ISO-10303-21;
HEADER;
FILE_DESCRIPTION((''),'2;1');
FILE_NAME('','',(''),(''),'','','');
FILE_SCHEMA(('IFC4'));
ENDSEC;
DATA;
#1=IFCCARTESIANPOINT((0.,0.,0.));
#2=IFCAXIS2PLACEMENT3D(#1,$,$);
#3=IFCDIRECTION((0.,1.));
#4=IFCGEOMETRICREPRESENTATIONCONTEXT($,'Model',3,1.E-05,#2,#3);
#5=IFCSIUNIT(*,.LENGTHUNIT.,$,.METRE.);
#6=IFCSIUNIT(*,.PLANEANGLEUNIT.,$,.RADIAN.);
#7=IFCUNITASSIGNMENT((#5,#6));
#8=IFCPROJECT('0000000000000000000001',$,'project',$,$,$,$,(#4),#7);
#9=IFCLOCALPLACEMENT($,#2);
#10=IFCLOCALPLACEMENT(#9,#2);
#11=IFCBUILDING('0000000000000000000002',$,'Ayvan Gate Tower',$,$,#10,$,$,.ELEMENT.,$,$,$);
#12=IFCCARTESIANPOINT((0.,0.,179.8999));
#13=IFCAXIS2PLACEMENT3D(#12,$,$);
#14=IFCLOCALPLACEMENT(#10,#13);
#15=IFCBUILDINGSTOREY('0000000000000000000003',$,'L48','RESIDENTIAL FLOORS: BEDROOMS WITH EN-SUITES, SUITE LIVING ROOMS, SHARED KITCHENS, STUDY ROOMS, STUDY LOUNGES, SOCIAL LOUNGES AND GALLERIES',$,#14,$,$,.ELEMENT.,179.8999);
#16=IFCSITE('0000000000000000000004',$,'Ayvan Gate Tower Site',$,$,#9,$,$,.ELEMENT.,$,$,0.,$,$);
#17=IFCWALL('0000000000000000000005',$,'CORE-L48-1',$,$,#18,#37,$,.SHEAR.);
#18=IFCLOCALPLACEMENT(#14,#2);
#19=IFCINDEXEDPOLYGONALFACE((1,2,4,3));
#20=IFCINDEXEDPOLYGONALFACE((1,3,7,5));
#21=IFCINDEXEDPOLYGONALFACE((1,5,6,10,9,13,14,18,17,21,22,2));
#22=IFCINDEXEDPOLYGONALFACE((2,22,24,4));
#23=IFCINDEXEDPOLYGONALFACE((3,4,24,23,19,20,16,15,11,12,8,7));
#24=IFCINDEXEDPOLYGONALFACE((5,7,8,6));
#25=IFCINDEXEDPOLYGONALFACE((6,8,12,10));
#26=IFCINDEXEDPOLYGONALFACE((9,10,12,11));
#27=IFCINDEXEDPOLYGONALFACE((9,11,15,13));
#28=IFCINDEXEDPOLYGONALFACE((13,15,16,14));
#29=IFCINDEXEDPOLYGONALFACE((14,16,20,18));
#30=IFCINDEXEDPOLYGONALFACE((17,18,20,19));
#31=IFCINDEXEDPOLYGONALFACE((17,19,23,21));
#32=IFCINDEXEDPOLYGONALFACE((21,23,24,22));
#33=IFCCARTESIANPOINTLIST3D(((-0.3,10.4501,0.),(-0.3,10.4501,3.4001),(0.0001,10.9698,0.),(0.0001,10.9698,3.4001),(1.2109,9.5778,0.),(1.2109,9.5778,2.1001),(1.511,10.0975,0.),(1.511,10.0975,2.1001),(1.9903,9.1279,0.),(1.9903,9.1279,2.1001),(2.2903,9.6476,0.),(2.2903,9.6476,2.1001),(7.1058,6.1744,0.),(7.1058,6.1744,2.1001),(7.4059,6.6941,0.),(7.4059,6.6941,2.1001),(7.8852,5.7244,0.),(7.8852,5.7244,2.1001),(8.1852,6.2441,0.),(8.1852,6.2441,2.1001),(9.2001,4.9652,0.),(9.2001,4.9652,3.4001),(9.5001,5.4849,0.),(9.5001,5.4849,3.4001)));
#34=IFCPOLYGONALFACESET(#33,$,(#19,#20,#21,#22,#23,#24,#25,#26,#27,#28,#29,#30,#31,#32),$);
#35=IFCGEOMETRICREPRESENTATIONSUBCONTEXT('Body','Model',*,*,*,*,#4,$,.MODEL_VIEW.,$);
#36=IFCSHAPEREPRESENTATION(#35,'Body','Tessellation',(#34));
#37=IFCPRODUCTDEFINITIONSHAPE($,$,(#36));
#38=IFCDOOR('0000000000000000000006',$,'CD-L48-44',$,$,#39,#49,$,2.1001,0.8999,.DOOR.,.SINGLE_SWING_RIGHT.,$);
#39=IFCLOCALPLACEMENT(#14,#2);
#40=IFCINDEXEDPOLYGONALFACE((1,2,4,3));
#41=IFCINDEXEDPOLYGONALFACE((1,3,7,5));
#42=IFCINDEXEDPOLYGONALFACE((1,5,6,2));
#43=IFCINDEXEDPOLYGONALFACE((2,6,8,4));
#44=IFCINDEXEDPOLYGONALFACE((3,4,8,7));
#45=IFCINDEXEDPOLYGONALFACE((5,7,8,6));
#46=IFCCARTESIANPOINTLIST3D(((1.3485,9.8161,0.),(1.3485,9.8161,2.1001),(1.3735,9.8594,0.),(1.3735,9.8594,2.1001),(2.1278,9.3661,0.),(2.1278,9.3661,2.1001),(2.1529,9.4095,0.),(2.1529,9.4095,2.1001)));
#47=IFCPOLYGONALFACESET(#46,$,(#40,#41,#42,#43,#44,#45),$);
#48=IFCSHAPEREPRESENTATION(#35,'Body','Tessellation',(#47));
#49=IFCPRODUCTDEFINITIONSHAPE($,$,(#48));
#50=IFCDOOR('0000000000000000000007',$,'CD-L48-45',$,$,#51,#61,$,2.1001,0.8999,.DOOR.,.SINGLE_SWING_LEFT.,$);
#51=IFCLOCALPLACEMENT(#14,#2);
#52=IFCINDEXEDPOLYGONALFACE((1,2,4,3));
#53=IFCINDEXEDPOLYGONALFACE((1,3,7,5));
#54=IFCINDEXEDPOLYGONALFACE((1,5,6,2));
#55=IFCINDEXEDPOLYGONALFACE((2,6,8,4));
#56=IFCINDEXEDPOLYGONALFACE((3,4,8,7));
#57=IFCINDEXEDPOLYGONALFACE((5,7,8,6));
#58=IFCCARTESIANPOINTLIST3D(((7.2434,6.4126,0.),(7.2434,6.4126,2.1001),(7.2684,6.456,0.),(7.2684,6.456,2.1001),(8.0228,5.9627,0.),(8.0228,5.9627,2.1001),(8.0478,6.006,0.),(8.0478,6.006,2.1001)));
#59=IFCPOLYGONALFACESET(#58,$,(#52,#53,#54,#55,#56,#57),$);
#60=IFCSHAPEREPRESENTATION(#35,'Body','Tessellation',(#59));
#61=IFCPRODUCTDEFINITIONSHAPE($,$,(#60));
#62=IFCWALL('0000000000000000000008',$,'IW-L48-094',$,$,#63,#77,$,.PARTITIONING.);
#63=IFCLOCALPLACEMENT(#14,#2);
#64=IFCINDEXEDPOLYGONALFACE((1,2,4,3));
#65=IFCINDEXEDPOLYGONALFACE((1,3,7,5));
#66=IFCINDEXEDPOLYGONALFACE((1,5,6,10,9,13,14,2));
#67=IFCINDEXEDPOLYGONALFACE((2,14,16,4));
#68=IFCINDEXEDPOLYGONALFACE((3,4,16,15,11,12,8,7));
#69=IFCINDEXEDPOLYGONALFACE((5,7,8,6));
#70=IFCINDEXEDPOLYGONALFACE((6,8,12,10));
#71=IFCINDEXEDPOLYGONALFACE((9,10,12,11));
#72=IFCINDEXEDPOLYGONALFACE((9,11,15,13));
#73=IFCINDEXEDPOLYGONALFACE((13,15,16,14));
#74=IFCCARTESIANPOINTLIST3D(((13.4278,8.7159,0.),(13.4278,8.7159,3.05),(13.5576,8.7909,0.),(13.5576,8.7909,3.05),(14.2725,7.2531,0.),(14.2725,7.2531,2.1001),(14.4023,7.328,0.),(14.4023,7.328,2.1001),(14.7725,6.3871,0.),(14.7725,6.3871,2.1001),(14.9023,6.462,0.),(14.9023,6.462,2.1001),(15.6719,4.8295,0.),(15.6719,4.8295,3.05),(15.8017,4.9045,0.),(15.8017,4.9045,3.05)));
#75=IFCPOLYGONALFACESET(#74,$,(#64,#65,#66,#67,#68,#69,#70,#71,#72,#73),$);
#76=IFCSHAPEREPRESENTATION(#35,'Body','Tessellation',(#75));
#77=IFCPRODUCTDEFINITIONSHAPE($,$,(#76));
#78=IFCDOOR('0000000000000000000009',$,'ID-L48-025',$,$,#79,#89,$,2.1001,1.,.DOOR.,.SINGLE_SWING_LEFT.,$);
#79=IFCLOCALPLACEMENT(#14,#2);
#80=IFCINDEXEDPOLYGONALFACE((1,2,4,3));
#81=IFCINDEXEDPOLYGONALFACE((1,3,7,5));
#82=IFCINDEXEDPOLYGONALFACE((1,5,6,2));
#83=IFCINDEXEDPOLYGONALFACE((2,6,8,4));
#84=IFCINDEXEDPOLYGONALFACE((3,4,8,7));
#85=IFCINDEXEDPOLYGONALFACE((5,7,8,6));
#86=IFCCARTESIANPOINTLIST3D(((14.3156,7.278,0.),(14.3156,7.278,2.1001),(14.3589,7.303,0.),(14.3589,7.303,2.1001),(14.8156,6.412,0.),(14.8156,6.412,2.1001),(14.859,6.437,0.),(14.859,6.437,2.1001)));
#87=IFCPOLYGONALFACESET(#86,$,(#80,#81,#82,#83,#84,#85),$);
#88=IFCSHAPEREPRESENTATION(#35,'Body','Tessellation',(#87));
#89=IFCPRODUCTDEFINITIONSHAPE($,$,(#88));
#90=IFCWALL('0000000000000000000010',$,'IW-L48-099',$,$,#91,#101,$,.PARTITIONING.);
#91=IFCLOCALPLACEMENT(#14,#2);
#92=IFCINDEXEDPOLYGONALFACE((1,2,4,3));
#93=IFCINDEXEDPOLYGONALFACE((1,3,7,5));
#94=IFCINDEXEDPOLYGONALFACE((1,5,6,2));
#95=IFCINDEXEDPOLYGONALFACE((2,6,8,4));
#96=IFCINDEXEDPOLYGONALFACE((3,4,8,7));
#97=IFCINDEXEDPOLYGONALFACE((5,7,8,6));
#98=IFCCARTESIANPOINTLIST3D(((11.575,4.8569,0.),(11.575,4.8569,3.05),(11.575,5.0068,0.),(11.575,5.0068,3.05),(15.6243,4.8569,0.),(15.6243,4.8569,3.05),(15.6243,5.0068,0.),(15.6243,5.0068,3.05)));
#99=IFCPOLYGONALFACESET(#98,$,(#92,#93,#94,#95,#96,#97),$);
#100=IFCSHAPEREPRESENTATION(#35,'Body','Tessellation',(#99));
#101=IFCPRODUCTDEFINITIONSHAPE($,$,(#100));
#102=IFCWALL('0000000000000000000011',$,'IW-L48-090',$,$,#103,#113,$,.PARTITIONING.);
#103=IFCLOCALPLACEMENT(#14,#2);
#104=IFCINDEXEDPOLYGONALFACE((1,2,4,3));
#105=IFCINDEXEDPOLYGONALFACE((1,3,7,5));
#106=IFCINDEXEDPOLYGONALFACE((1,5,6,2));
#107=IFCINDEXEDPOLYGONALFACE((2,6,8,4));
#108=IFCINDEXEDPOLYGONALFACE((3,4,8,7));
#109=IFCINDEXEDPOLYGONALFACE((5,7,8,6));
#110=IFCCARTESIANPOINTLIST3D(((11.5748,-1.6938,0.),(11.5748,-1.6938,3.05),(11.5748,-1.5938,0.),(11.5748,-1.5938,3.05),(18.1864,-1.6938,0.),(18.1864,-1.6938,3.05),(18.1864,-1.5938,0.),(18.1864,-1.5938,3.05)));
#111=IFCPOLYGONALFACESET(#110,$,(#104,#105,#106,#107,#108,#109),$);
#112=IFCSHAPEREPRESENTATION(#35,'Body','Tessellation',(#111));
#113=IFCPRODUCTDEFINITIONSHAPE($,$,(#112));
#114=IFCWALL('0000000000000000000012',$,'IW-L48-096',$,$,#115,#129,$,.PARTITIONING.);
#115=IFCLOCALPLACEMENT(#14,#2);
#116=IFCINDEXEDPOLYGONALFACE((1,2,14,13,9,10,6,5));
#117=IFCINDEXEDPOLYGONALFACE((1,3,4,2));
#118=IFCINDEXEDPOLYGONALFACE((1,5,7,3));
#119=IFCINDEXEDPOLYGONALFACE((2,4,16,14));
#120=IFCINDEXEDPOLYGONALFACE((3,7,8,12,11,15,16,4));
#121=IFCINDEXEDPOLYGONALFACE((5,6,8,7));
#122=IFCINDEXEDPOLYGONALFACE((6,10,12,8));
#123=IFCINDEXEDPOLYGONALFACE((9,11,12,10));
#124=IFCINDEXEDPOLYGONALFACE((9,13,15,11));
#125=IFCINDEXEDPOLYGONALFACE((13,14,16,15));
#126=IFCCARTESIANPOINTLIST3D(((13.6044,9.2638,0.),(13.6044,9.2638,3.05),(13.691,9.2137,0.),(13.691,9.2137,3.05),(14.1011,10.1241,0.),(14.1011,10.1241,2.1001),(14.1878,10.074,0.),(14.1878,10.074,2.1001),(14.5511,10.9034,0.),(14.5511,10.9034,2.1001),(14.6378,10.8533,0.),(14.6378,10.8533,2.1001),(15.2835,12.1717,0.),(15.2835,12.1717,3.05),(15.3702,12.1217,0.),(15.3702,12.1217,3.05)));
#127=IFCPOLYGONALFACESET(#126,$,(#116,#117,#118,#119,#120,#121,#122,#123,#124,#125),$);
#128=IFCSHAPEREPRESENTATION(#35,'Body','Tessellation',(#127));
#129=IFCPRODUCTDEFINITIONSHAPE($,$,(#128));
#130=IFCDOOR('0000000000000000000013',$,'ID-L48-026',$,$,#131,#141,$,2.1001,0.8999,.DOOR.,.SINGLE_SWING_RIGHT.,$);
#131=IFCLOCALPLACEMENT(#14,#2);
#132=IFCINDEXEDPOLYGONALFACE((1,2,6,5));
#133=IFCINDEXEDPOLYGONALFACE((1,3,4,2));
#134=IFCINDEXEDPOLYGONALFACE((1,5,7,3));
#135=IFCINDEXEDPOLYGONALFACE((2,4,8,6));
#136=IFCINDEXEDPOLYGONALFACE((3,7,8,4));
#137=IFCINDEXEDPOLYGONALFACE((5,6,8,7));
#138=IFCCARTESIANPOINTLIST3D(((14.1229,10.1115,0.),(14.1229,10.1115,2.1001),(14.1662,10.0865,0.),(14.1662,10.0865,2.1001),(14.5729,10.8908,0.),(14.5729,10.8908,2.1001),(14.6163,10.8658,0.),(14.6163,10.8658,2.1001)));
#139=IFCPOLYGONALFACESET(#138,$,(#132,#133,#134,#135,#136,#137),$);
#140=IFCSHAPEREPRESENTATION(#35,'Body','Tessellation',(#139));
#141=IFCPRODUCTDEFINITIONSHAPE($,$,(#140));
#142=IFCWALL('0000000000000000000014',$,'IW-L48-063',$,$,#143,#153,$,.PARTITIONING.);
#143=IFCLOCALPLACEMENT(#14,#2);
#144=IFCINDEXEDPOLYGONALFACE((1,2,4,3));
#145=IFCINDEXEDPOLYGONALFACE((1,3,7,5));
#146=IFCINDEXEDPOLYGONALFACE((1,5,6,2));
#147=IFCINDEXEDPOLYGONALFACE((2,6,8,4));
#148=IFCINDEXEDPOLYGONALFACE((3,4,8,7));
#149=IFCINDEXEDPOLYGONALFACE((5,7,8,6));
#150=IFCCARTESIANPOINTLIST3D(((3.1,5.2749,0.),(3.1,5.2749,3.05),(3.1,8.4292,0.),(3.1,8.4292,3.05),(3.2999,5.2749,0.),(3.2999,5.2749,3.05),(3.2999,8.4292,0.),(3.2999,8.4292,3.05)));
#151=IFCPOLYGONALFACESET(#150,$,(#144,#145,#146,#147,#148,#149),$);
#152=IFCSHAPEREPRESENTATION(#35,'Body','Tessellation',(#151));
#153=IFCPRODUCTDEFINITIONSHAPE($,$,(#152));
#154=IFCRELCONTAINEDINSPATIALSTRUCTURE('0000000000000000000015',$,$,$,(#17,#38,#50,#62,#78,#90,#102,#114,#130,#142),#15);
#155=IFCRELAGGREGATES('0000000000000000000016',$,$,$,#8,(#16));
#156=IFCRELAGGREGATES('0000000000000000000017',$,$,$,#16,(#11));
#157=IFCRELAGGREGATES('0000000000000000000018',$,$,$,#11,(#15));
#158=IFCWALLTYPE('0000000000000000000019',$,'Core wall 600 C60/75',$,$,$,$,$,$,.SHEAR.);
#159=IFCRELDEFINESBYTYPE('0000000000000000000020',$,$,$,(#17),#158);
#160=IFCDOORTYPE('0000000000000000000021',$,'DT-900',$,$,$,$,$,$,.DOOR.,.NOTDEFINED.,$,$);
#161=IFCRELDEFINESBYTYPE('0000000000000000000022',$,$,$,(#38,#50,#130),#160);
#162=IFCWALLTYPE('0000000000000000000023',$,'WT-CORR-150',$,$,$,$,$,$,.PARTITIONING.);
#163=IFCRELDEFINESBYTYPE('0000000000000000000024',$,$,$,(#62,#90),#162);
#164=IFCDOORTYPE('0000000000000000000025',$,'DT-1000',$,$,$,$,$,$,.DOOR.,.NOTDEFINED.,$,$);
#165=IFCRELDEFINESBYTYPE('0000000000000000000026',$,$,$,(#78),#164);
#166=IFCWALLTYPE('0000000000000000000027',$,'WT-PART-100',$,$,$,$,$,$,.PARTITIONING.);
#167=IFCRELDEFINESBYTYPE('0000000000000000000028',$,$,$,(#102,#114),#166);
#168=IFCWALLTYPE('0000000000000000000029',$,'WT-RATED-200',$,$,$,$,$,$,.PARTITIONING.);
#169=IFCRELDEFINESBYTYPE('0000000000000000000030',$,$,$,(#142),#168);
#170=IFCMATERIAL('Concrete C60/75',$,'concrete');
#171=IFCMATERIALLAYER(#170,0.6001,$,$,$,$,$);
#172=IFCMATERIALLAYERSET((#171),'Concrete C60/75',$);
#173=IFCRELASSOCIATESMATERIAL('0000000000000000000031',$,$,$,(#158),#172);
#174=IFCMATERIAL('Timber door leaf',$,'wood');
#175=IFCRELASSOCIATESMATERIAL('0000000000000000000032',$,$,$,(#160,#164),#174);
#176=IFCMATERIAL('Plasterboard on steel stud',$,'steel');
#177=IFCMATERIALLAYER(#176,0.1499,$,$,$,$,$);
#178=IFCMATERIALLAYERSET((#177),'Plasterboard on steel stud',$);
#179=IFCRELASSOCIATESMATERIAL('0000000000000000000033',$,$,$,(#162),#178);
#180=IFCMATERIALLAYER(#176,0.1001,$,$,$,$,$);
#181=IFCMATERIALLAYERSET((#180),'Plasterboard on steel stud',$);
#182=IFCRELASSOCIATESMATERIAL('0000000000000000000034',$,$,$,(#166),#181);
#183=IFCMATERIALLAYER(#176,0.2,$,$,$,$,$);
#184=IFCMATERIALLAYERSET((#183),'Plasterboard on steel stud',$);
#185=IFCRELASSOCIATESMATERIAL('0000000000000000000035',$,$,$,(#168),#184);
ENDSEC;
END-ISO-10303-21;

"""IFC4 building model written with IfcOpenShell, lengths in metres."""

from ifc_helpers import new_model, si_unit, direction, frame, frame_2d, origin, place, context, subcontext, project, spatial, rectangle, extrude, material, layer, layer_set, type_object, element, fill, save


model = new_model("IFC4")

# Units and contexts
model_context = context("Model", 3, precision=1e-05, world=origin(), true_north=direction((0.0, 1.0)))
body_context = subcontext(model_context, "Body", "Model", "MODEL_VIEW")
ifc_project = project(units=[si_unit("LENGTHUNIT", "METRE"), si_unit("PLANEANGLEUNIT", "RADIAN")], contexts=[model_context])

# Site, building, storey
site_placement = place(None, origin())
site = spatial("IfcSite", under=ifc_project, at=site_placement, Name="Ayvan Gate Tower Site", CompositionType="ELEMENT", RefElevation=0.0)
building_placement = place(site_placement, origin())
building = spatial("IfcBuilding", under=site, at=building_placement, Name="Ayvan Gate Tower", CompositionType="ELEMENT")
storey_placement = place(building_placement, frame((0.0, 0.0, 179.8999)))
storey = spatial("IfcBuildingStorey", under=building, at=storey_placement, Name="L48", Description="RESIDENTIAL FLOORS: BEDROOMS WITH EN-SUITES, SUITE LIVING ROOMS, SHARED KITCHENS, STUDY ROOMS, STUDY LOUNGES, SOCIAL LOUNGES AND GALLERIES", CompositionType="ELEMENT", Elevation=179.8999)

# Wall, openings, doors
ifc_material_1 = material(Name="Concrete C60/75", Category="concrete")
ifc_layer_1 = layer(ifc_material_1, 0.6001)
ifc_layer_set_1 = layer_set([ifc_layer_1], Name="Concrete C60/75")
wall_type_1 = type_object("IfcWallType", Name="Core wall 600 C60/75", PredefinedType="SHEAR", material=ifc_layer_set_1)
wall_1_placement = place(storey_placement, frame((9.3501, 5.2251, 0.0), z_axis=(0.0, 0.0, 1.0), x_axis=(-0.866024, 0.500002, 0.0)))
wall_1 = element("IfcWall", 1, at=wall_1_placement, inside=storey, type_object=wall_type_1, Name="CORE-L48-1", PredefinedType="SHEAR", context=body_context, shape_type="SweptSolid", body=[
    extrude(rectangle(XDim=10.9697, YDim=0.6001, at=frame_2d((5.4849, 0.0))), origin(), (0.0, 0.0, 1.0), 3.4001),
])
opening_1_placement = place(wall_1_placement, frame((8.3252, 0.0, 0.0)))
opening_1 = element("IfcOpeningElement", 2, at=opening_1_placement, cuts=wall_1, PredefinedType="OPENING", context=body_context, shape_type="SweptSolid", body=[
    extrude(rectangle(XDim=0.8999, YDim=2.1001, at=frame_2d((0.45, 1.05))), frame((0.0, 0.3101, 0.0), z_axis=(0.0, -1.0, 0.0), x_axis=(1.0, 0.0, 0.0)), (0.0, 0.0, 1.0), 0.6201),
])
opening_2_placement = place(wall_1_placement, frame((1.5183, 0.0, 0.0)))
opening_2 = element("IfcOpeningElement", 3, at=opening_2_placement, cuts=wall_1, PredefinedType="OPENING", context=body_context, shape_type="SweptSolid", body=[
    extrude(rectangle(XDim=0.8999, YDim=2.1001, at=frame_2d((0.45, 1.05))), frame((0.0, 0.3101, 0.0), z_axis=(0.0, -1.0, 0.0), x_axis=(1.0, 0.0, 0.0)), (0.0, 0.0, 1.0), 0.6201),
])
ifc_material_2 = material(Name="Timber door leaf", Category="wood")
door_type_1 = type_object("IfcDoorType", Name="DT-900", OperationType="NOTDEFINED", PredefinedType="DOOR", material=ifc_material_2)
door_1_placement = place(opening_1_placement, origin())
door_1 = element("IfcDoor", 4, at=door_1_placement, inside=storey, type_object=door_type_1, Name="CD-L48-44", OperationType="SINGLE_SWING_RIGHT", OverallHeight=2.1001, OverallWidth=0.8999, PredefinedType="DOOR", context=body_context, shape_type="SweptSolid", body=[
    extrude(rectangle(XDim=0.8999, YDim=2.1001, at=frame_2d((0.45, 1.05))), frame((0.0, 0.0249, 0.0), z_axis=(0.0, -1.0, 0.0), x_axis=(1.0, 0.0, 0.0)), (0.0, 0.0, 1.0), 0.05),
])
fill(opening_1, door_1)
door_2_placement = place(opening_2_placement, origin())
door_2 = element("IfcDoor", 5, at=door_2_placement, inside=storey, type_object=door_type_1, Name="CD-L48-45", OperationType="SINGLE_SWING_LEFT", OverallHeight=2.1001, OverallWidth=0.8999, PredefinedType="DOOR", context=body_context, shape_type="SweptSolid", body=[
    extrude(rectangle(XDim=0.8999, YDim=2.1001, at=frame_2d((0.45, 1.05))), frame((0.0, 0.0249, 0.0), z_axis=(0.0, -1.0, 0.0), x_axis=(1.0, 0.0, 0.0)), (0.0, 0.0, 1.0), 0.05),
])
fill(opening_2, door_2)

# Wall, opening, door
ifc_material_3 = material(Name="Plasterboard on steel stud", Category="steel")
ifc_layer_2 = layer(ifc_material_3, 0.1499)
ifc_layer_set_2 = layer_set([ifc_layer_2], Name="Plasterboard on steel stud")
wall_type_2 = type_object("IfcWallType", Name="WT-CORR-150", PredefinedType="PARTITIONING", material=ifc_layer_set_2)
wall_2_placement = place(storey_placement, frame((13.4927, 8.7534, 0.0), z_axis=(0.0, 0.0, 1.0), x_axis=(0.500047, -0.865998, 0.0)))
wall_2 = element("IfcWall", 6, at=wall_2_placement, inside=storey, type_object=wall_type_2, Name="IW-L48-094", PredefinedType="PARTITIONING", context=body_context, shape_type="SweptSolid", body=[
    extrude(rectangle(XDim=4.4878, YDim=0.1499, at=frame_2d((2.2439, 0.0))), origin(), (0.0, 0.0, 1.0), 3.05),
])
opening_3_placement = place(wall_2_placement, frame((1.6892, 0.0, 0.0)))
opening_3 = element("IfcOpeningElement", 7, at=opening_3_placement, cuts=wall_2, PredefinedType="OPENING", context=body_context, shape_type="SweptSolid", body=[
    extrude(rectangle(XDim=1.0, YDim=2.1001, at=frame_2d((0.5, 1.05))), frame((0.0, 0.085, 0.0), z_axis=(0.0, -1.0, 0.0), x_axis=(1.0, 0.0, 0.0)), (0.0, 0.0, 1.0), 0.1699),
])
door_type_2 = type_object("IfcDoorType", Name="DT-1000", OperationType="NOTDEFINED", PredefinedType="DOOR", material=ifc_material_2)
door_3_placement = place(opening_3_placement, origin())
door_3 = element("IfcDoor", 8, at=door_3_placement, inside=storey, type_object=door_type_2, Name="ID-L48-025", OperationType="SINGLE_SWING_LEFT", OverallHeight=2.1001, OverallWidth=1.0, PredefinedType="DOOR", context=body_context, shape_type="SweptSolid", body=[
    extrude(rectangle(XDim=1.0, YDim=2.1001, at=frame_2d((0.5, 1.05))), frame((0.0, 0.0249, 0.0), z_axis=(0.0, -1.0, 0.0), x_axis=(1.0, 0.0, 0.0)), (0.0, 0.0, 1.0), 0.05),
])
fill(opening_3, door_3)

# Walls
wall_3_placement = place(storey_placement, frame((15.6243, 4.9319, 0.0), z_axis=(0.0, 0.0, 1.0), x_axis=(-1.0, 0.0, 0.0)))
element("IfcWall", 9, at=wall_3_placement, inside=storey, type_object=wall_type_2, Name="IW-L48-099", PredefinedType="PARTITIONING", context=body_context, shape_type="SweptSolid", body=[
    extrude(rectangle(XDim=4.0493, YDim=0.1499, at=frame_2d((2.0247, 0.0))), origin(), (0.0, 0.0, 1.0), 3.05),
])
ifc_layer_3 = layer(ifc_material_3, 0.1001)
ifc_layer_set_3 = layer_set([ifc_layer_3], Name="Plasterboard on steel stud")
wall_type_3 = type_object("IfcWallType", Name="WT-PART-100", PredefinedType="PARTITIONING", material=ifc_layer_set_3)
wall_4_placement = place(storey_placement, frame((11.575, -1.6438, 0.0), z_axis=(0.0, 0.0, 1.0), x_axis=(1.0, 0.0, 0.0)))
element("IfcWall", 10, at=wall_4_placement, inside=storey, type_object=wall_type_3, Name="IW-L48-090", PredefinedType="PARTITIONING", context=body_context, shape_type="SweptSolid", body=[
    extrude(rectangle(XDim=6.6116, YDim=0.1001, at=frame_2d((3.3057, 0.0))), origin(), (0.0, 0.0, 1.0), 3.05),
])

# Wall, opening, door
wall_5_placement = place(storey_placement, frame((13.6477, 9.2388, 0.0), z_axis=(0.0, 0.0, 1.0), x_axis=(0.500064, 0.865988, 0.0)))
wall_5 = element("IfcWall", 11, at=wall_5_placement, inside=storey, type_object=wall_type_3, Name="IW-L48-096", PredefinedType="PARTITIONING", context=body_context, shape_type="SweptSolid", body=[
    extrude(rectangle(XDim=3.3579, YDim=0.1001, at=frame_2d((1.679, 0.0))), origin(), (0.0, 0.0, 1.0), 3.05),
])
opening_4_placement = place(wall_5_placement, frame((0.9934, 0.0, 0.0)))
opening_4 = element("IfcOpeningElement", 12, at=opening_4_placement, cuts=wall_5, PredefinedType="OPENING", context=body_context, shape_type="SweptSolid", body=[
    extrude(rectangle(XDim=0.8999, YDim=2.1001, at=frame_2d((0.45, 1.05))), frame((0.0, 0.0601, 0.0), z_axis=(0.0, -1.0, 0.0), x_axis=(1.0, 0.0, 0.0)), (0.0, 0.0, 1.0), 0.1201),
])
door_4_placement = place(opening_4_placement, origin())
door_4 = element("IfcDoor", 13, at=door_4_placement, inside=storey, type_object=door_type_1, Name="ID-L48-026", OperationType="SINGLE_SWING_RIGHT", OverallHeight=2.1001, OverallWidth=0.8999, PredefinedType="DOOR", context=body_context, shape_type="SweptSolid", body=[
    extrude(rectangle(XDim=0.8999, YDim=2.1001, at=frame_2d((0.45, 1.05))), frame((0.0, 0.0249, 0.0), z_axis=(0.0, -1.0, 0.0), x_axis=(1.0, 0.0, 0.0)), (0.0, 0.0, 1.0), 0.05),
])
fill(opening_4, door_4)

# Wall
ifc_layer_4 = layer(ifc_material_3, 0.2)
ifc_layer_set_4 = layer_set([ifc_layer_4], Name="Plasterboard on steel stud")
wall_type_4 = type_object("IfcWallType", Name="WT-RATED-200", PredefinedType="PARTITIONING", material=ifc_layer_set_4)
wall_6_placement = place(storey_placement, frame((3.2, 8.4292, 0.0), z_axis=(0.0, 0.0, 1.0), x_axis=(0.0, -1.0, 0.0)))
element("IfcWall", 14, at=wall_6_placement, inside=storey, type_object=wall_type_4, Name="IW-L48-063", PredefinedType="PARTITIONING", context=body_context, shape_type="SweptSolid", body=[
    extrude(rectangle(XDim=3.1543, YDim=0.2, at=frame_2d((1.5771, 0.0))), origin(), (0.0, 0.0, 1.0), 3.05),
])

save(model, "model.ifc")
